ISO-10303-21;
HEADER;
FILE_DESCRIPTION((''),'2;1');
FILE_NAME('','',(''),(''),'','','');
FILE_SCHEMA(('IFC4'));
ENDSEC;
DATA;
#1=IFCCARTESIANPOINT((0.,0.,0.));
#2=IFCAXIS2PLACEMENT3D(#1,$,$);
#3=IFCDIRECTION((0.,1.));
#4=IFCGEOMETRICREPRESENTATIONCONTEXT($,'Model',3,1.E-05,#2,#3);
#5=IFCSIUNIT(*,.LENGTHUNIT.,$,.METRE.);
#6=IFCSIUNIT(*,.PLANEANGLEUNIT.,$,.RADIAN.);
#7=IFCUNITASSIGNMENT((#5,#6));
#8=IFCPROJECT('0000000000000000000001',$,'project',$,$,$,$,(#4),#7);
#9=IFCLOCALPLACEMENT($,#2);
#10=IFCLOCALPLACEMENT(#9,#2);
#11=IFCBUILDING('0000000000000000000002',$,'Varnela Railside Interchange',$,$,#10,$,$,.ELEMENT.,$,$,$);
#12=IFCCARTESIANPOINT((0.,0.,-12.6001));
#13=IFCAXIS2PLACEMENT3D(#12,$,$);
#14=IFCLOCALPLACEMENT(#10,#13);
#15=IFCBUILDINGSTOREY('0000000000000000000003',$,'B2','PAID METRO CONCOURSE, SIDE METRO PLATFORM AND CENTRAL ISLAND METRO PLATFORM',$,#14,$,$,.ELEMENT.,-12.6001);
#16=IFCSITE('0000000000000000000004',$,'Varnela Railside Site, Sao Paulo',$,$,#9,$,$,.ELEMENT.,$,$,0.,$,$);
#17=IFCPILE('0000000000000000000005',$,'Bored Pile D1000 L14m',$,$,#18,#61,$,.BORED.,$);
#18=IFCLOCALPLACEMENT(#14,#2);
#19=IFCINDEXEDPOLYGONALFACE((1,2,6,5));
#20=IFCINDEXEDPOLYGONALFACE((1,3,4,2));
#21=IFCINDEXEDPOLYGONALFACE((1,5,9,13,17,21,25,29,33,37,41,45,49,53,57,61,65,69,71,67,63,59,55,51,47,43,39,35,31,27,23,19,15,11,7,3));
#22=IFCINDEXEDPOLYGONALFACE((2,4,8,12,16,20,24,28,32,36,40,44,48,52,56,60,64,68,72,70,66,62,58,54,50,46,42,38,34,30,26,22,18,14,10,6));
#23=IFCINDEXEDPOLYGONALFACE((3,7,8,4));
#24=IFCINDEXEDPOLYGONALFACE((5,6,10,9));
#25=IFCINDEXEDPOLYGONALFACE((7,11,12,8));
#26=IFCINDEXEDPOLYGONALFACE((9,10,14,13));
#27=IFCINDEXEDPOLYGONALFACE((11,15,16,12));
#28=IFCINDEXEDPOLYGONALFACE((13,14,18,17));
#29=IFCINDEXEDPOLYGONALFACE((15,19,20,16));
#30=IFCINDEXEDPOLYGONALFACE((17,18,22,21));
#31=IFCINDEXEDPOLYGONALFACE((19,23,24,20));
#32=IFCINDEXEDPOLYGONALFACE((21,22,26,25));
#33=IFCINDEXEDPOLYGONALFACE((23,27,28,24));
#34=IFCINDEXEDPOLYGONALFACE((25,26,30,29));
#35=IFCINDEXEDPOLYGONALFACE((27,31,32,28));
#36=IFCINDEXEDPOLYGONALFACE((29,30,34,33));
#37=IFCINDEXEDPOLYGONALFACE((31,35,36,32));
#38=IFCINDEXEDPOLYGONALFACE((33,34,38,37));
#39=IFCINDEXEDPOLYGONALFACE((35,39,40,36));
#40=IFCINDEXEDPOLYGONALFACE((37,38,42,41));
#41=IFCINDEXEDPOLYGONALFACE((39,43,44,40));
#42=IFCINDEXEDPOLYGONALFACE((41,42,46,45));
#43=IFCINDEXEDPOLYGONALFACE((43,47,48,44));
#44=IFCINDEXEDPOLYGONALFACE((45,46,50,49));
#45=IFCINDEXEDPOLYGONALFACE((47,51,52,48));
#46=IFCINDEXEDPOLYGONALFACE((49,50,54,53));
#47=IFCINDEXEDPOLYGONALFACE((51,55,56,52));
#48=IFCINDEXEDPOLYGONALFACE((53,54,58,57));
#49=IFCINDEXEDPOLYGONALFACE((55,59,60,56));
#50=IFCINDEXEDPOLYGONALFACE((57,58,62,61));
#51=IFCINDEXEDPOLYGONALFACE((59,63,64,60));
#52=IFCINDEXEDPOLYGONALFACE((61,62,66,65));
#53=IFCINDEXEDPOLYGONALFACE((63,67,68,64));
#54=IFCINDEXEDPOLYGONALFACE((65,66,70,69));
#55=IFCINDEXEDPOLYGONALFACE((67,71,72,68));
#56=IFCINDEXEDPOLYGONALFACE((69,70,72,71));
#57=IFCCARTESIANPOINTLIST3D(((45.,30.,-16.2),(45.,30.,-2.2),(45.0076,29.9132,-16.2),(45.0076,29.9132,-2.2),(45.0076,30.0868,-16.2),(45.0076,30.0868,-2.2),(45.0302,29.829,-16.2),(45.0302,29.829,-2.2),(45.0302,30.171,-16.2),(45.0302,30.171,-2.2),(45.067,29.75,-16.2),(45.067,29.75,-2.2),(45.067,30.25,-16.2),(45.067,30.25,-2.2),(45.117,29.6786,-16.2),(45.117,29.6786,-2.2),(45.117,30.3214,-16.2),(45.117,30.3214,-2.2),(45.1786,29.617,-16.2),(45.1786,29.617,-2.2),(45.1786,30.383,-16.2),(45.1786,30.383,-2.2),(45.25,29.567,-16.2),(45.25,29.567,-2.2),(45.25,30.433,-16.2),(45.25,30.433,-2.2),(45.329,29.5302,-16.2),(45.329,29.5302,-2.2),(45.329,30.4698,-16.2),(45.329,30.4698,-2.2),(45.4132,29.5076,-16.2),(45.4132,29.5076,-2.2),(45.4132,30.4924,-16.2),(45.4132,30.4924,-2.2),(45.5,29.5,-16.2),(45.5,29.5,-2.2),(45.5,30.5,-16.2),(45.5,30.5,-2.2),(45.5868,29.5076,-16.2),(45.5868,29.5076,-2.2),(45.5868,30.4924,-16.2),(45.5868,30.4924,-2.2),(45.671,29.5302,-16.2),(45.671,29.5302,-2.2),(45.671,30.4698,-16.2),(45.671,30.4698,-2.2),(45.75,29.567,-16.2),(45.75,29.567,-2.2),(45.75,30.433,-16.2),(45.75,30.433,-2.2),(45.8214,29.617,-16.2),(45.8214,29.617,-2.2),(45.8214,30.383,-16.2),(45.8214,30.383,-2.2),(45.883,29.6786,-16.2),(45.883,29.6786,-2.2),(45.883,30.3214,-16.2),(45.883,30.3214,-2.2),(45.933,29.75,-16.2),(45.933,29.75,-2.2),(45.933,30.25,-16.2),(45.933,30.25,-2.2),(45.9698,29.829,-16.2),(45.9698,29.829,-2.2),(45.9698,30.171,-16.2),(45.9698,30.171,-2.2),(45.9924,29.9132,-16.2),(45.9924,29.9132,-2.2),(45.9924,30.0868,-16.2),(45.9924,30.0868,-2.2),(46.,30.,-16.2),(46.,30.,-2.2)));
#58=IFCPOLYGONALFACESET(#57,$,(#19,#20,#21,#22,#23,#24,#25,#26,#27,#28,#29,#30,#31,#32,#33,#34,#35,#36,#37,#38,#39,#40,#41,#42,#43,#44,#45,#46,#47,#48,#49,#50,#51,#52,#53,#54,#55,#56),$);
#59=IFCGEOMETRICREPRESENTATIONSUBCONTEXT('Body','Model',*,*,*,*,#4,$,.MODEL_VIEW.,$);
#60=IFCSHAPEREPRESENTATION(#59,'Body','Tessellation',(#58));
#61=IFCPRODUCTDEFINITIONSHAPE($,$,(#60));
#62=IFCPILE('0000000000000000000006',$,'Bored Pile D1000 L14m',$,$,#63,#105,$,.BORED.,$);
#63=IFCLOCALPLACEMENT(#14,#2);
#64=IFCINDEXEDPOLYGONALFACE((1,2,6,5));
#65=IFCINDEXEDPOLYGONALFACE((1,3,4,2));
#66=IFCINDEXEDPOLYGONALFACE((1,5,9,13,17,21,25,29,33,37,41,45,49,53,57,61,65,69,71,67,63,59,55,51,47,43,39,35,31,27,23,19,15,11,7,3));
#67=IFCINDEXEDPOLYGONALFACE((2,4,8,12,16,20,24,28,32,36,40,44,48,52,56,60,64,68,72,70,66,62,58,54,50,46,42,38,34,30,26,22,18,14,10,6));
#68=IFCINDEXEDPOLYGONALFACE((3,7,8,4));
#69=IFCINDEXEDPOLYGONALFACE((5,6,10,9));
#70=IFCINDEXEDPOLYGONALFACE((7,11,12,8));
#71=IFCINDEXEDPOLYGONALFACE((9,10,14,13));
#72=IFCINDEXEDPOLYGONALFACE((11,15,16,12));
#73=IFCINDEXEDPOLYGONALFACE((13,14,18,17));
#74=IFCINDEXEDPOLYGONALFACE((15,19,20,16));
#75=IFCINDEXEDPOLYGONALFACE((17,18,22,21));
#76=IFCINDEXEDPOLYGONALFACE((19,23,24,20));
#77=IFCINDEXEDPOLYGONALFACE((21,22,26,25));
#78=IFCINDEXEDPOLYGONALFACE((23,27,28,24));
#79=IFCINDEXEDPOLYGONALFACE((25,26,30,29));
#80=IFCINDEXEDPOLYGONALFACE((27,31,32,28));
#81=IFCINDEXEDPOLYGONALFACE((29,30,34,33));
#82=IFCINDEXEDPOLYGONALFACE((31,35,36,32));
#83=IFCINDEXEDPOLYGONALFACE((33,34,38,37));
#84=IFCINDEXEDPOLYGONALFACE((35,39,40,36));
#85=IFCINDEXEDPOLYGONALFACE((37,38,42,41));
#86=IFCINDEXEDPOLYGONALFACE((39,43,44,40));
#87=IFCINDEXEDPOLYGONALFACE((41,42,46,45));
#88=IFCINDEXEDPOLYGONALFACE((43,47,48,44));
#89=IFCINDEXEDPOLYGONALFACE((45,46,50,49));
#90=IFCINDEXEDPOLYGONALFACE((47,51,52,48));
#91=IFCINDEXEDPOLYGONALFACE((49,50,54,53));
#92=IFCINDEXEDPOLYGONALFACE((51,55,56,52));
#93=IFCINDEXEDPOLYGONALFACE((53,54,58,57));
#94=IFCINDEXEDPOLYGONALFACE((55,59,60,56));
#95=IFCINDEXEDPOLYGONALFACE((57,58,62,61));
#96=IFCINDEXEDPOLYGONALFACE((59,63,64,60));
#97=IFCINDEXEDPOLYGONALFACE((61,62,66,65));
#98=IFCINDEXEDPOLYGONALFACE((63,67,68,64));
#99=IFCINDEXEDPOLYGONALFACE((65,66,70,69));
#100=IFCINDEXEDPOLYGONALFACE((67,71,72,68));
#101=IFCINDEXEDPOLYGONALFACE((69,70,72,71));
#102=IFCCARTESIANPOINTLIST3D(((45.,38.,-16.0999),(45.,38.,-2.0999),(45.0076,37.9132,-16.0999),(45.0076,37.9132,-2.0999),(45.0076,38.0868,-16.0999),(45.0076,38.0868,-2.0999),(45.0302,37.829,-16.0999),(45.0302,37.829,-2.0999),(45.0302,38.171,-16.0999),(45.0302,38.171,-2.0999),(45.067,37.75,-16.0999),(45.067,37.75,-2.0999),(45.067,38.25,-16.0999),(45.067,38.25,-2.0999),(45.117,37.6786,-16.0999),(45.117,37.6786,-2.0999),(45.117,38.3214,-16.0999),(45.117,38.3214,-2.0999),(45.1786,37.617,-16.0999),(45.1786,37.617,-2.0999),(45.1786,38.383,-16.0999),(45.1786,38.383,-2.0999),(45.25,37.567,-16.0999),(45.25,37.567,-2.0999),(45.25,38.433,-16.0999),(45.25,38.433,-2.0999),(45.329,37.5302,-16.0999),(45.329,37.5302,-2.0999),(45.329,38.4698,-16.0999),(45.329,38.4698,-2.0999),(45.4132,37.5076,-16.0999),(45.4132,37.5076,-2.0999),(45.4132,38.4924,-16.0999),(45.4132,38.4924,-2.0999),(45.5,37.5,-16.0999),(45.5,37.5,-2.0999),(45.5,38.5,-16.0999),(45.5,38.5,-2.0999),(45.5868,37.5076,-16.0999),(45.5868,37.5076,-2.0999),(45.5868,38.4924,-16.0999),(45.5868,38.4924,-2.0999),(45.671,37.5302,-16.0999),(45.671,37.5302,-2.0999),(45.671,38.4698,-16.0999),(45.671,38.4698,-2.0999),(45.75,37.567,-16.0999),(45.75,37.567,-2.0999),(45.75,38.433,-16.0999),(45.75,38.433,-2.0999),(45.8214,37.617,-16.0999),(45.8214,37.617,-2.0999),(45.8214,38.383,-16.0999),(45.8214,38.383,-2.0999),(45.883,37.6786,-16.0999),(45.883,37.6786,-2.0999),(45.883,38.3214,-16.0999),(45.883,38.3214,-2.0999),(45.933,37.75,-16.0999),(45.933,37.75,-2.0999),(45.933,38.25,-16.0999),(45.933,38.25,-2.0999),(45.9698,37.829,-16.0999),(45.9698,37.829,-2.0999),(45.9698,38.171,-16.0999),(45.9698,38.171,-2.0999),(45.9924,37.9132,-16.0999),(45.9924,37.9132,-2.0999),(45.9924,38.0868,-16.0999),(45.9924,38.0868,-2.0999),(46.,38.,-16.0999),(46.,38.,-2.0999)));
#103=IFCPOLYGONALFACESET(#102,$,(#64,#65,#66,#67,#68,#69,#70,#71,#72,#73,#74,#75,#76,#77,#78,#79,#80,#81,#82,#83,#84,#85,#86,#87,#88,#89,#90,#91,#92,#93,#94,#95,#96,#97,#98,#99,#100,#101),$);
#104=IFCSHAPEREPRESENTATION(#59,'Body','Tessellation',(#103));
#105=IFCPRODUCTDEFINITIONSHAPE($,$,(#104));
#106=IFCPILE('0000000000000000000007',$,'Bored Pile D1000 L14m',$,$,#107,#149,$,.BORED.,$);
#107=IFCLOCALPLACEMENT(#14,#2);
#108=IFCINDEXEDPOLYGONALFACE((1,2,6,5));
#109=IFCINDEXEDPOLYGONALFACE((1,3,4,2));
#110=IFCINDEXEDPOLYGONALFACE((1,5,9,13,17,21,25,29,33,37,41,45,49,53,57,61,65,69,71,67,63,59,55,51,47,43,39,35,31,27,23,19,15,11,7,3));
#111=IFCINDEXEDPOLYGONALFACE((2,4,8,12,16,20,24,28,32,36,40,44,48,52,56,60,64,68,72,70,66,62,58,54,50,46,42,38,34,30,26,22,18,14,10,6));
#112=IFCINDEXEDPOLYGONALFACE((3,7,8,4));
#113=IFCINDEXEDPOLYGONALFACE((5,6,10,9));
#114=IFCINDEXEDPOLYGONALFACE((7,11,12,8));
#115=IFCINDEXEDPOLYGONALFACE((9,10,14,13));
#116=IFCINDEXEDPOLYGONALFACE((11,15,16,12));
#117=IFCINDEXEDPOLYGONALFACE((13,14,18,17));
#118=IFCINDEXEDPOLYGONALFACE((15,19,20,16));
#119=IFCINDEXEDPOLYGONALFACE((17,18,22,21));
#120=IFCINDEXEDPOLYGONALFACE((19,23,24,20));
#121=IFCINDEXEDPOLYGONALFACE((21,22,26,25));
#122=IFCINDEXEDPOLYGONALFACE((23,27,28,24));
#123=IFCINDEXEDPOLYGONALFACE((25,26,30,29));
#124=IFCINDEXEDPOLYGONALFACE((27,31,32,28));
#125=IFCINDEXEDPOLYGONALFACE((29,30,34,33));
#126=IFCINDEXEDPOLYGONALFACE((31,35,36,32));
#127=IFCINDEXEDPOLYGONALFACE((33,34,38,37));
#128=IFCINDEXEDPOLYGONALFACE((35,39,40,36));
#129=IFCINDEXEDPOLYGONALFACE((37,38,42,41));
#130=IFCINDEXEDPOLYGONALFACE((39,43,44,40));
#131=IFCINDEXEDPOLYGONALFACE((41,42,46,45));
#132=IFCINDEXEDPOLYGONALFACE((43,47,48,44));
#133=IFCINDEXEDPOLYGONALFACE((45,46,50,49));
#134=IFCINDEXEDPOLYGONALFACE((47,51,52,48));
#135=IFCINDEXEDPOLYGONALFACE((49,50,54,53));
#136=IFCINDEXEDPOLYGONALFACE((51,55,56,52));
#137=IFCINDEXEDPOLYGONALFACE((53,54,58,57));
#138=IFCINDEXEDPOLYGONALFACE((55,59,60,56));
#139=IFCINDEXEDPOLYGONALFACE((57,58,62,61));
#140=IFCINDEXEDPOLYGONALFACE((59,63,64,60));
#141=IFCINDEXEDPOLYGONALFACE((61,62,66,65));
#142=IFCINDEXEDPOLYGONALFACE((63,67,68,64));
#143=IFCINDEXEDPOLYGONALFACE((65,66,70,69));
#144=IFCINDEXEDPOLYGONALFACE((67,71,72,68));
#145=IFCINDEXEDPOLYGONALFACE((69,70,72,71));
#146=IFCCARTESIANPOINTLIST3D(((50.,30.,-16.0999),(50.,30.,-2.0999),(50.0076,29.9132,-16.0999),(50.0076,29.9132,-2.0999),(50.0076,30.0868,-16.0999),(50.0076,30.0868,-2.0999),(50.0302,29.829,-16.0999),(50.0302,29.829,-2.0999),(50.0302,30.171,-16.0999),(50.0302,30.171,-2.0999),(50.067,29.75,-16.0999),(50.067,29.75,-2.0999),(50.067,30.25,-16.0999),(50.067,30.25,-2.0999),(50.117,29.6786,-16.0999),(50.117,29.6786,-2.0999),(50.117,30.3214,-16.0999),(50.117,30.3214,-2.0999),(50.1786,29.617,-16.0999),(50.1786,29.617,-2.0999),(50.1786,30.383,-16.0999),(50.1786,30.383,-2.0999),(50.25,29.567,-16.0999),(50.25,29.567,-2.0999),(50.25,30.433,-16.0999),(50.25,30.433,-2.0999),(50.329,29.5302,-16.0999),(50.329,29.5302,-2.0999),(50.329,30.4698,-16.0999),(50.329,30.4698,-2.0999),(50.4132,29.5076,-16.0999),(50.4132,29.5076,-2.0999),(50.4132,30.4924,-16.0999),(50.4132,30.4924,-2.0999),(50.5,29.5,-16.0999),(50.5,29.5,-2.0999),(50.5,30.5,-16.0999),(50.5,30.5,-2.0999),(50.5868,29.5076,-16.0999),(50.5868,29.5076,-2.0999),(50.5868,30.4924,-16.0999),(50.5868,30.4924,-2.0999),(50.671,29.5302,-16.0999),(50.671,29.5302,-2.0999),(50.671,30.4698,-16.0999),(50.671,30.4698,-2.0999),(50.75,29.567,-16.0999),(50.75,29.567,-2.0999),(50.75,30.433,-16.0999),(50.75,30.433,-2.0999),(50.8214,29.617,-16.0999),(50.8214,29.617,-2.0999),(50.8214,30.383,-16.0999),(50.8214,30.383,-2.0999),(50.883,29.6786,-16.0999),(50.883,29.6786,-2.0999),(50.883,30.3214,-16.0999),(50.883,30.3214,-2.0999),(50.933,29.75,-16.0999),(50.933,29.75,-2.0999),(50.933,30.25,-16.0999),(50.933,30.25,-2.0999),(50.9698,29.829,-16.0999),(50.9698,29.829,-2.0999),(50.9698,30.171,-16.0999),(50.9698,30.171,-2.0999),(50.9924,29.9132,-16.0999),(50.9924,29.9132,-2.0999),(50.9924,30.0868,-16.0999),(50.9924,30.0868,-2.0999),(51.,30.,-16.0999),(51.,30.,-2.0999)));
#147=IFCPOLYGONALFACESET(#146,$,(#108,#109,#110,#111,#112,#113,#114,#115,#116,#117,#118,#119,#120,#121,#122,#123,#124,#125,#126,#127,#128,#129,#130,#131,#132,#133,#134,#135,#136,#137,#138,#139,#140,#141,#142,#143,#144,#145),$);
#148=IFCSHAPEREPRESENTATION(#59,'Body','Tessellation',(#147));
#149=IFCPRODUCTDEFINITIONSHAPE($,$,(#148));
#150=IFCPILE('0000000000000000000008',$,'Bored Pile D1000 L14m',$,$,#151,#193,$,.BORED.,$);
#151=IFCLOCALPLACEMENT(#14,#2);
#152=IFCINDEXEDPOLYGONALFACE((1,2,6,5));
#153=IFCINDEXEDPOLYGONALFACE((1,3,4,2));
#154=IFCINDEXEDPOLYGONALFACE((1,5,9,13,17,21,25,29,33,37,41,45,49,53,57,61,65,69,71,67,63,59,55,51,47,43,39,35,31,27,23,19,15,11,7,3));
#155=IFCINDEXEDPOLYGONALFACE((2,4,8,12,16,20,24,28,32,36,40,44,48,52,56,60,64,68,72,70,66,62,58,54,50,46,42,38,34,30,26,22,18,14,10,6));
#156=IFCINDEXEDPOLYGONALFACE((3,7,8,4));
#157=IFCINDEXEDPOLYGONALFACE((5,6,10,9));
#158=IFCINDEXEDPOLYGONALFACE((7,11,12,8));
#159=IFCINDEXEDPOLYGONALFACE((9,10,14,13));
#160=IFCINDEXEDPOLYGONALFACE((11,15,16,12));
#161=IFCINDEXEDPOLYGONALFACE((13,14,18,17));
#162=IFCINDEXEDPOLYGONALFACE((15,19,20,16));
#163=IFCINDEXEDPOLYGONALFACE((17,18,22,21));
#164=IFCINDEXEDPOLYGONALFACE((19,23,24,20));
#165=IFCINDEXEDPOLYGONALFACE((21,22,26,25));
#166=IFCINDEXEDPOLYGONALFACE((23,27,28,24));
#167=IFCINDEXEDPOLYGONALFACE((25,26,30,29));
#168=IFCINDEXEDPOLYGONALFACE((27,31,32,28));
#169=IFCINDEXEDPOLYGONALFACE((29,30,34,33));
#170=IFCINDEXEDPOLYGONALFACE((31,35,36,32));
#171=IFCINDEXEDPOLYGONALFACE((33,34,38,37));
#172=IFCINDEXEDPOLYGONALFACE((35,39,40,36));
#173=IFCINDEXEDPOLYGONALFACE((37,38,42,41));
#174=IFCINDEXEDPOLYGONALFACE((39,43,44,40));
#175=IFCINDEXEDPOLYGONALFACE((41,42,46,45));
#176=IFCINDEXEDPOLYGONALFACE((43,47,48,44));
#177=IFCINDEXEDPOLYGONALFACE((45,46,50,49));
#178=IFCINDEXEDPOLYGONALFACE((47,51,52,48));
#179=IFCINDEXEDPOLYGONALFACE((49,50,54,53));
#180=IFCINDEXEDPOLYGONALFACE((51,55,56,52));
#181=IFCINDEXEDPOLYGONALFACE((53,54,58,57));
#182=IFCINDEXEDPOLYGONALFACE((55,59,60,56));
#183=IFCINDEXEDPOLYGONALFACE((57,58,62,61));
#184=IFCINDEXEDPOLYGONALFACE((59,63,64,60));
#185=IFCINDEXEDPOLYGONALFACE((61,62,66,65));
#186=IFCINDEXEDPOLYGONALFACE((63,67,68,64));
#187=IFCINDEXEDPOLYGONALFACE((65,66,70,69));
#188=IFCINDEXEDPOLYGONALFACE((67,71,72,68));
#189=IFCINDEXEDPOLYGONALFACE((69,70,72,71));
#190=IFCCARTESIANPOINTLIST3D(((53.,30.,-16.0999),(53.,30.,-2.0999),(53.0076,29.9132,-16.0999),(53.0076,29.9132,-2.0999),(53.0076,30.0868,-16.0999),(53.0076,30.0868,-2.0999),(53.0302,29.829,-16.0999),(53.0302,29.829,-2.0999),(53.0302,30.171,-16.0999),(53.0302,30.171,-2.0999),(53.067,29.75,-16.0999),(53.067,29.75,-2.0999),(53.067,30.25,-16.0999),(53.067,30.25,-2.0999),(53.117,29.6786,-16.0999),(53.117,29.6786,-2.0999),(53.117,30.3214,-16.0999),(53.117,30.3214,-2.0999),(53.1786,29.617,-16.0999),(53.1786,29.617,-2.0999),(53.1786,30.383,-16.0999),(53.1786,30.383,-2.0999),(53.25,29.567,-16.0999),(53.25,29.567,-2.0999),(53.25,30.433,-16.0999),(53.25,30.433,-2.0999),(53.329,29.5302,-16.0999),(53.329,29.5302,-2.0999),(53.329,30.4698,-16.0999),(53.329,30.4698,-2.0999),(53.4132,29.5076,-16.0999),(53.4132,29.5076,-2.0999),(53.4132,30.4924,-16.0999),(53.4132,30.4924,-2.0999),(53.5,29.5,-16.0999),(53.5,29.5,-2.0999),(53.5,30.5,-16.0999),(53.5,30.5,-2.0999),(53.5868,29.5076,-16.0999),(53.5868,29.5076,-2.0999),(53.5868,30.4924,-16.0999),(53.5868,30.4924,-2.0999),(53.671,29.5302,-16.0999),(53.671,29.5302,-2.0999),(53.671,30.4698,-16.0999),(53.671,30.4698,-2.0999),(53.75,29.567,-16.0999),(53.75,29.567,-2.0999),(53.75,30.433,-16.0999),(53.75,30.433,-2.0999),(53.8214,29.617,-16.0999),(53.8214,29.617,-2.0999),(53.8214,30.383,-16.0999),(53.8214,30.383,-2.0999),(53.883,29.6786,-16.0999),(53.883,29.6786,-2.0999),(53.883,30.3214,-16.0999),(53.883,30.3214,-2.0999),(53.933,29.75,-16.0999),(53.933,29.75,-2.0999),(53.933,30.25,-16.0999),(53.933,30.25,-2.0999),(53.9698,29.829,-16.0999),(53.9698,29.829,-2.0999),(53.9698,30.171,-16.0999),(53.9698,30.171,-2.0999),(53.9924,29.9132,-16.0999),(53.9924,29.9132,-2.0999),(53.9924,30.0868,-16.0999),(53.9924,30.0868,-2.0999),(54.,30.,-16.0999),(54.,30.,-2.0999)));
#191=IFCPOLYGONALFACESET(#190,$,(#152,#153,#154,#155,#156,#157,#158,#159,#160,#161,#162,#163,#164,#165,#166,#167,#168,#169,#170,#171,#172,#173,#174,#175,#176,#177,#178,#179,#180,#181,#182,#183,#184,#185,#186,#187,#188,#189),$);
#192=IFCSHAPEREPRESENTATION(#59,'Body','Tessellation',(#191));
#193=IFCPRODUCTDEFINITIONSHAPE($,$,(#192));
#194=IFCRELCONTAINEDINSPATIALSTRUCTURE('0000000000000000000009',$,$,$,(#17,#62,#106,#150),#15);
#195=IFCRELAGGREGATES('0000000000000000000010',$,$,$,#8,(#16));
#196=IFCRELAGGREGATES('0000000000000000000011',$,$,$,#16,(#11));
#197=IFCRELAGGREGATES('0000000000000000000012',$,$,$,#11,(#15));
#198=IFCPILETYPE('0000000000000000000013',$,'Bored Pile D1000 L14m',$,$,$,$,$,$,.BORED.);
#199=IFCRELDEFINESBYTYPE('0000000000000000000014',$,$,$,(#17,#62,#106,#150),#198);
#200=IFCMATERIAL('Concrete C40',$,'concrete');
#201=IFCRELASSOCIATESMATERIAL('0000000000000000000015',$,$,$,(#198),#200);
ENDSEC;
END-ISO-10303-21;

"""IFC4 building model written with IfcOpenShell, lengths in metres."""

from ifc_helpers import new_model, si_unit, direction, frame, origin, origin_2d, place, context, subcontext, project, spatial, circle, extrude, material, material_profile, profile_set, type_object, element, save


model = new_model("IFC4")

# Units and contexts
model_context = context("Model", 3, precision=1e-05, world=origin(), true_north=direction((0.0, 1.0)))
body_context = subcontext(model_context, "Body", "Model", "MODEL_VIEW")
ifc_project = project(units=[si_unit("LENGTHUNIT", "METRE"), si_unit("PLANEANGLEUNIT", "RADIAN")], contexts=[model_context])

# Site, building, storey
site_placement = place(None, origin())
site = spatial("IfcSite", under=ifc_project, at=site_placement, Name="Varnela Railside Site, Sao Paulo", CompositionType="ELEMENT", RefElevation=0.0)
building_placement = place(site_placement, origin())
building = spatial("IfcBuilding", under=site, at=building_placement, Name="Varnela Railside Interchange", CompositionType="ELEMENT")
storey_placement = place(building_placement, frame((0.0, 0.0, -12.6001)))
storey = spatial("IfcBuildingStorey", under=building, at=storey_placement, Name="B2", Description="PAID METRO CONCOURSE, SIDE METRO PLATFORM AND CENTRAL ISLAND METRO PLATFORM", CompositionType="ELEMENT", Elevation=-12.6001)

# Piles
ifc_material_1 = material(Name="Concrete C40", Category="concrete")
ifc_material_profile_1 = material_profile(ifc_material_1, circle(Radius=0.5, at=origin_2d()), Name="BORED PILE D1000")
ifc_profile_set_1 = profile_set([ifc_material_profile_1], Name="Concrete C40")
pile_type_1 = type_object("IfcPileType", Name="Bored Pile D1000 L14m", PredefinedType="BORED", material=ifc_profile_set_1)
for number, where, z_axis, x_axis, name in (
    (1, (45.5, 30.0, -2.2), (0.0, 0.0, -1.0), (1.0, 0.0, 0.0), "Bored Pile D1000 L14m"),
    (2, (45.5, 38.0, -2.0999), (0.0, 0.0, -1.0), (1.0, 0.0, 0.0), "Bored Pile D1000 L14m"),
    (3, (50.5, 30.0, -2.0999), (0.0, 0.0, -1.0), (1.0, 0.0, 0.0), "Bored Pile D1000 L14m"),
    (4, (53.5, 30.0, -2.0999), (0.0, 0.0, -1.0), (1.0, 0.0, 0.0), "Bored Pile D1000 L14m"),
):
    element("IfcPile", number, at=place(storey_placement, frame(where, z_axis=z_axis, x_axis=x_axis)), inside=storey, type_object=pile_type_1, Name=name, PredefinedType="BORED", context=body_context, shape_type="SweptSolid", body=[
        extrude(circle(Radius=0.5, at=origin_2d()), origin(), (0.0, 0.0, 1.0), 14.0),
    ])

save(model, "model.ifc")
